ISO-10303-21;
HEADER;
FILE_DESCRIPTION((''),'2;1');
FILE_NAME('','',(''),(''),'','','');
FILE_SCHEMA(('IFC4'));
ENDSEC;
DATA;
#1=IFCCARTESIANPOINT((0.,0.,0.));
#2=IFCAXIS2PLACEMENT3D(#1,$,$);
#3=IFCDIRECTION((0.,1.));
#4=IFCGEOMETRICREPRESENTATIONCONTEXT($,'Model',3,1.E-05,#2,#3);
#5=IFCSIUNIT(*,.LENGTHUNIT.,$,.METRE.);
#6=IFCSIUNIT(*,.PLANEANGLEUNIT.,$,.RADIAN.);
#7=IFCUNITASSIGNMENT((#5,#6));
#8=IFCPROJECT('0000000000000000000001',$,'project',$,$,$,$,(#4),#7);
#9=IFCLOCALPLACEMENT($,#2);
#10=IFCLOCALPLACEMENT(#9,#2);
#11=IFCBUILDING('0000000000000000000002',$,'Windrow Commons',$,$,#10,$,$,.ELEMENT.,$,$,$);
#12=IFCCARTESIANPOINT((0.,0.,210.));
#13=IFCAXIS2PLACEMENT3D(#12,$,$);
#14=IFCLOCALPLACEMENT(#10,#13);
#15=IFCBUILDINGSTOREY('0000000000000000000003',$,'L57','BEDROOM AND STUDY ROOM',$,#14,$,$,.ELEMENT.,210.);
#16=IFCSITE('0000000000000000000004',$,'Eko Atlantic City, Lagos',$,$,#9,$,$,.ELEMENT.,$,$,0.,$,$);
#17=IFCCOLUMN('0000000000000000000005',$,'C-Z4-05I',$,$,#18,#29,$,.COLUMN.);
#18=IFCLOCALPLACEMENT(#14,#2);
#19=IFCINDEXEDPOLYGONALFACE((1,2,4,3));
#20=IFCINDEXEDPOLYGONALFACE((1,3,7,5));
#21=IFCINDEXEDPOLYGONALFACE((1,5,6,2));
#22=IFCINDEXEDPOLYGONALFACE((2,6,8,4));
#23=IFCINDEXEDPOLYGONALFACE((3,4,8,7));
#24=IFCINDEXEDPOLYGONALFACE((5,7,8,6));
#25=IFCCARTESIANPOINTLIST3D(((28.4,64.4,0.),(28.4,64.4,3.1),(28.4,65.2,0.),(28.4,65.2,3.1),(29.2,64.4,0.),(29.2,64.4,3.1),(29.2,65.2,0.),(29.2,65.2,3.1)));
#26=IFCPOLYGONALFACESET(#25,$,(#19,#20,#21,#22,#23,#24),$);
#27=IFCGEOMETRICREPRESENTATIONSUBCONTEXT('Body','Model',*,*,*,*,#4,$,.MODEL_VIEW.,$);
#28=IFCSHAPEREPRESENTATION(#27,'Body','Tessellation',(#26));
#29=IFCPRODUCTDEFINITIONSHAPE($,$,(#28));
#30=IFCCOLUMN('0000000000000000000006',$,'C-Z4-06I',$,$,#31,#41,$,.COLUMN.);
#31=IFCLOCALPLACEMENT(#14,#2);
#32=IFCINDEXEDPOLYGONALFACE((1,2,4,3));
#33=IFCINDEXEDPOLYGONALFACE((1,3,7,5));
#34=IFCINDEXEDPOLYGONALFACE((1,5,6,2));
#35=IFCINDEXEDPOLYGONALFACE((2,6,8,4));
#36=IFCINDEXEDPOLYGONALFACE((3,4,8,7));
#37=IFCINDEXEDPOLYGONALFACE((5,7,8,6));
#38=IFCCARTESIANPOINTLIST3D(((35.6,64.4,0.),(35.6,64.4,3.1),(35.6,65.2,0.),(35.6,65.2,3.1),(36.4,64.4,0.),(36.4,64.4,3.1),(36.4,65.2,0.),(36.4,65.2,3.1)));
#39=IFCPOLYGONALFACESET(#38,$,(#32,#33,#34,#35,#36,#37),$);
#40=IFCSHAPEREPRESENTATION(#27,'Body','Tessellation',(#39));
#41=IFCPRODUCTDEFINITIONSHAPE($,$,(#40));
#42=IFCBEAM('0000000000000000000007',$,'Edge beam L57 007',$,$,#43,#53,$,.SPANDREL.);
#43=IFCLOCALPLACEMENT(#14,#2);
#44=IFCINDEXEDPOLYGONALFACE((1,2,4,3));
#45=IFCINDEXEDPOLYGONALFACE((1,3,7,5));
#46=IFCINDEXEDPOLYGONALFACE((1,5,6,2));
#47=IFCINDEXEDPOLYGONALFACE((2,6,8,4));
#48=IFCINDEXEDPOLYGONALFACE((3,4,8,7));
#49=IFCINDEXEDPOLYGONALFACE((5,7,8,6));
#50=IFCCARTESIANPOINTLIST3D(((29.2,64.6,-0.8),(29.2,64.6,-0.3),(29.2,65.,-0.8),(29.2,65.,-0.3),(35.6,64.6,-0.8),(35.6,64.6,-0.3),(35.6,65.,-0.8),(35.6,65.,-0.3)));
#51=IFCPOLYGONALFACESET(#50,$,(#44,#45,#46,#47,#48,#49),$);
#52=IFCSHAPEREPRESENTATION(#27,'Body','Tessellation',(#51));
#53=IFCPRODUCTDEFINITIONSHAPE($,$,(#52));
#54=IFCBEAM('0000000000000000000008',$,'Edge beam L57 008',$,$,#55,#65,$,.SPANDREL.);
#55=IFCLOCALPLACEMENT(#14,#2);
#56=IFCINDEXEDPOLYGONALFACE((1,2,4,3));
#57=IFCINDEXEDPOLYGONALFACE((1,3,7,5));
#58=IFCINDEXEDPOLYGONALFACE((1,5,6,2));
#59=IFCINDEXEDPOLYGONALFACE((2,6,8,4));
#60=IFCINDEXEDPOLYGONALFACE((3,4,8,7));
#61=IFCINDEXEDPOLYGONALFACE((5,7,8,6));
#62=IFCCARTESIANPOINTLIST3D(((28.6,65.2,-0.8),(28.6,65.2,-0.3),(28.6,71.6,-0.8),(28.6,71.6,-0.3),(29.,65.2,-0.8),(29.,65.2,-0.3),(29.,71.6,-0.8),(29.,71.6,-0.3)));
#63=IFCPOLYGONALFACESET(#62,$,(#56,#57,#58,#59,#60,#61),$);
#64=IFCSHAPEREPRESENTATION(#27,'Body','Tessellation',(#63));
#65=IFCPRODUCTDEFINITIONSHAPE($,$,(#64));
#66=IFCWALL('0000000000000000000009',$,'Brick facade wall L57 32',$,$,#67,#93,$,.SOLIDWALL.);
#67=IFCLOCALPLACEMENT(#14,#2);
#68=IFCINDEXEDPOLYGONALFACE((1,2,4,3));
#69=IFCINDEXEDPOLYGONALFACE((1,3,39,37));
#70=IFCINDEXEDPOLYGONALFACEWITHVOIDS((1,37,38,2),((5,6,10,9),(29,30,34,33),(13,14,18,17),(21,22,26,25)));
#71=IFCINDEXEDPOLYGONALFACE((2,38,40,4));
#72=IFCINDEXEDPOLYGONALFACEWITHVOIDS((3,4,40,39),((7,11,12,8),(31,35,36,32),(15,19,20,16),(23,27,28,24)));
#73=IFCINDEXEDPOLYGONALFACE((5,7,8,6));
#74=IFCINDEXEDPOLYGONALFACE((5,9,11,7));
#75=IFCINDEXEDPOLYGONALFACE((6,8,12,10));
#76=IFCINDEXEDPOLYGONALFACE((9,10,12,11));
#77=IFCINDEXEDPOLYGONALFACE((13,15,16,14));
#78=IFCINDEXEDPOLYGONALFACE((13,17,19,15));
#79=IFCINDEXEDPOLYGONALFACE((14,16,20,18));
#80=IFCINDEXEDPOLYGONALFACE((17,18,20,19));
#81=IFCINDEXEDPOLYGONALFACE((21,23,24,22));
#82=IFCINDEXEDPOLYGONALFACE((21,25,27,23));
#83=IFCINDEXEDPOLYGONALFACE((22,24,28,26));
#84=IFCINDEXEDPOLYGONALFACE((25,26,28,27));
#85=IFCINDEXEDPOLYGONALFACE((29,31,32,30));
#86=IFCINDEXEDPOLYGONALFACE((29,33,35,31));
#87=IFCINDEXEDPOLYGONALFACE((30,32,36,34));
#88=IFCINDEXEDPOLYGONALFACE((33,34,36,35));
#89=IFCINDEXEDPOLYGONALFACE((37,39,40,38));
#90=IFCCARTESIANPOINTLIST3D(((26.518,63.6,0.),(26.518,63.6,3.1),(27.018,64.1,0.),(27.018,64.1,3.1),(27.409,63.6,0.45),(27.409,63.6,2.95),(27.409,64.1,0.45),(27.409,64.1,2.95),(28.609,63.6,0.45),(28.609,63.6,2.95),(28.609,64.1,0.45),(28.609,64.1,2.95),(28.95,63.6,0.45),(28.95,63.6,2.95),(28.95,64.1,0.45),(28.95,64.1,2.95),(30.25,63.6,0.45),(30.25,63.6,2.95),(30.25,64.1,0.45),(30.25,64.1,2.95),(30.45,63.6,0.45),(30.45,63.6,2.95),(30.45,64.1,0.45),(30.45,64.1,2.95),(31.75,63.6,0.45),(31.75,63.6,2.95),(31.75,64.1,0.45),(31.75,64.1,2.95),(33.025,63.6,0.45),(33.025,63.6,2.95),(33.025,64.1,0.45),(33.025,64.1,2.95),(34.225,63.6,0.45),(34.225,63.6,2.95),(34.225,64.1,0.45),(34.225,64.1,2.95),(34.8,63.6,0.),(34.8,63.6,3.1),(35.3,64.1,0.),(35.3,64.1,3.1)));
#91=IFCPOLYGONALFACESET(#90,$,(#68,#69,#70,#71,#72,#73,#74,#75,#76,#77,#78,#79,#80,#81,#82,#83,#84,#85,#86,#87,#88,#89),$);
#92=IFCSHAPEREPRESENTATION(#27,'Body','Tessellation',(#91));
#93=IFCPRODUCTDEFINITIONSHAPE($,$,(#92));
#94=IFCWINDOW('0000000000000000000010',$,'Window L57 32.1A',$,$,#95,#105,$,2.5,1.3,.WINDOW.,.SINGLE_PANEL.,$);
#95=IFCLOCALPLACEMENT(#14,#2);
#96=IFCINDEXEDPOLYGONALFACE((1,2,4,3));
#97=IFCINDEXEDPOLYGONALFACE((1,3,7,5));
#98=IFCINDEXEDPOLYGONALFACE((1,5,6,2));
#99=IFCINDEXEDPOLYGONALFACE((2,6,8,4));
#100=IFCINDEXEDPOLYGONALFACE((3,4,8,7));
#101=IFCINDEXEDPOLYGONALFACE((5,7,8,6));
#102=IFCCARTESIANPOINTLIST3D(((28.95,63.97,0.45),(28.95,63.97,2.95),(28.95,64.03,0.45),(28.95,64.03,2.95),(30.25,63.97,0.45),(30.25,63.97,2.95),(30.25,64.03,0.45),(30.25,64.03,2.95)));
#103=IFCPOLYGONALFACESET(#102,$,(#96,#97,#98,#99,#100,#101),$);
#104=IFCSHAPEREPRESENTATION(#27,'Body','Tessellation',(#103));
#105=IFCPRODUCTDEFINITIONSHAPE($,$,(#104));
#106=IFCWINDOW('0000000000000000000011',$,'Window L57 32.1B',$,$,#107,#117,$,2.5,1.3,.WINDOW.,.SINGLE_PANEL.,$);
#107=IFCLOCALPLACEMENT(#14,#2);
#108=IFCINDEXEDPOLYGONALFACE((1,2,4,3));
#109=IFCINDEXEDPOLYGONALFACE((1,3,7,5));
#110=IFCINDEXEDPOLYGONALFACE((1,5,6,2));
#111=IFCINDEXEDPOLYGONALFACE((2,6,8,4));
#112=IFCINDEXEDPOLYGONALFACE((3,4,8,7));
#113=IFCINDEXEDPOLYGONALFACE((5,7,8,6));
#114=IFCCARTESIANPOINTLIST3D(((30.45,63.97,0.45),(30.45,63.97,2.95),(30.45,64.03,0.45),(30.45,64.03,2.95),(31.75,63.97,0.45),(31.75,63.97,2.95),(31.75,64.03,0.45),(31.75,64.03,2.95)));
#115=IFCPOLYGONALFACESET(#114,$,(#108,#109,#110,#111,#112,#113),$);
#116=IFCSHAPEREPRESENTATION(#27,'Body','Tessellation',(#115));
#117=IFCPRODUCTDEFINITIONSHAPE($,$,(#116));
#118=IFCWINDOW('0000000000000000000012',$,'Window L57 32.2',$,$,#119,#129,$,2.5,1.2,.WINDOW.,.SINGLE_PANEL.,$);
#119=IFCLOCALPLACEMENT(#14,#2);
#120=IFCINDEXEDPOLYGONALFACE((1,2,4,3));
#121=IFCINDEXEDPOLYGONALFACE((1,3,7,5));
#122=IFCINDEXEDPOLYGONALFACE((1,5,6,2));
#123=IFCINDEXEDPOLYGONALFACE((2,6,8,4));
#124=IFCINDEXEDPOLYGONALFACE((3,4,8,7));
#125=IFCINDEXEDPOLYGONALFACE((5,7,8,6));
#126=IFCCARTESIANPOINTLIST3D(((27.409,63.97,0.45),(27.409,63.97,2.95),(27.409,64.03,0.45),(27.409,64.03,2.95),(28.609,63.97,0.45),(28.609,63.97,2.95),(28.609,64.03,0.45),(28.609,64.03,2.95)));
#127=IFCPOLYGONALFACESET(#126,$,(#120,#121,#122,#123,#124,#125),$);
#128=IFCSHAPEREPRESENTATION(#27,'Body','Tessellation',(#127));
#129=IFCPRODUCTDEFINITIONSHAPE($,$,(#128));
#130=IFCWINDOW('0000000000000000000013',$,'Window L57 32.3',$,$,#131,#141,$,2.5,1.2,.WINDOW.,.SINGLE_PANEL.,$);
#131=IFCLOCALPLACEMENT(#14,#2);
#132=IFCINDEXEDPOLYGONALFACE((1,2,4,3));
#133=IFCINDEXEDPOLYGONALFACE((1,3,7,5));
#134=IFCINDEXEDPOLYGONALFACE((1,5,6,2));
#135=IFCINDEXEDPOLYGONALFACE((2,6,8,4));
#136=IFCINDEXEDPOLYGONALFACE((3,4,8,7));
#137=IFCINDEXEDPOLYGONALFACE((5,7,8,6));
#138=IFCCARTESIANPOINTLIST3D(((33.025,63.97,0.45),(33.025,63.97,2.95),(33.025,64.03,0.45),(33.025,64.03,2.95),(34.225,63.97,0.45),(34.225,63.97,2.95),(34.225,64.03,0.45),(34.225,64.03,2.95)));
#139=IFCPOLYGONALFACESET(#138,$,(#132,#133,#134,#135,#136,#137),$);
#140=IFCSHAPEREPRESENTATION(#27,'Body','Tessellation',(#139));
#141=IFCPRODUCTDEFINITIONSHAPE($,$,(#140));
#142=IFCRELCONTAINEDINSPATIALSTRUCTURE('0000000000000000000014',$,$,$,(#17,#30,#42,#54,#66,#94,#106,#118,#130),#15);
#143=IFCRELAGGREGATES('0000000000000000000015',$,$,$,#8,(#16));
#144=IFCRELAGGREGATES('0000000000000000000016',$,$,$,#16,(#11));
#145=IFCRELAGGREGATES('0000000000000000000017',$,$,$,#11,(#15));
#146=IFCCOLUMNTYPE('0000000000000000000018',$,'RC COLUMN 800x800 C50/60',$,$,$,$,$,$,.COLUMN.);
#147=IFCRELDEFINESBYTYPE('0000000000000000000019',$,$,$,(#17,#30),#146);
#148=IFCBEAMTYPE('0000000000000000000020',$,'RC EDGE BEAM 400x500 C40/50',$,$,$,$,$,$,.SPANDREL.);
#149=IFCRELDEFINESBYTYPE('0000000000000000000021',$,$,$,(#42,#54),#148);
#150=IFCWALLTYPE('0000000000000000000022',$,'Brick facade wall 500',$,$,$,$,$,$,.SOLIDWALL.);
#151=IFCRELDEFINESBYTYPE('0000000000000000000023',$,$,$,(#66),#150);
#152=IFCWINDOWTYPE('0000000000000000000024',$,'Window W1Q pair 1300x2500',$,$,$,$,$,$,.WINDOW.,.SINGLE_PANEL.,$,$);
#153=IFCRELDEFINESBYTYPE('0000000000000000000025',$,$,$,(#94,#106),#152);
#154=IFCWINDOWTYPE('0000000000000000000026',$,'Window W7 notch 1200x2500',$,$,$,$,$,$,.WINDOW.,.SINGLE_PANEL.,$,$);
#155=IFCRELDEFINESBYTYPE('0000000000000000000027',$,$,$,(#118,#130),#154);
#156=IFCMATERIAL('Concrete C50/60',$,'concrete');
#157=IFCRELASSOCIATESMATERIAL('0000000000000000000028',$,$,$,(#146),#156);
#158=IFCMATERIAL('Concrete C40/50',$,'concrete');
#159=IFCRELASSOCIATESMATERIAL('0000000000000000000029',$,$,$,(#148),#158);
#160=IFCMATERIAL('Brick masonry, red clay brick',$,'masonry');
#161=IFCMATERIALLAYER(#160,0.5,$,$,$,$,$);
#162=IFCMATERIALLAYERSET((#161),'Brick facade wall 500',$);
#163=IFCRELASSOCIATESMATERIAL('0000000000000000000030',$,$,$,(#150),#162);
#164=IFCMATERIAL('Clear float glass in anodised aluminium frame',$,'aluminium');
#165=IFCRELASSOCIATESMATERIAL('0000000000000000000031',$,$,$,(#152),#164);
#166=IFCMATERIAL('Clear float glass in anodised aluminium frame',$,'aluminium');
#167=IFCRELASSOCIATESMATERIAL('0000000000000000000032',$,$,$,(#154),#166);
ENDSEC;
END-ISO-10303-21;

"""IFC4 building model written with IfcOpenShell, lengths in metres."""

from ifc_helpers import new_model, si_unit, direction, frame, frame_2d, origin, origin_2d, place, context, subcontext, project, spatial, polyline, rectangle, outline, extrude, material, layer, layer_set, material_profile, profile_set, type_object, element, fill, save


model = new_model("IFC4")

# Units and contexts
model_context = context("Model", 3, precision=1e-05, world=origin(), true_north=direction((0.0, 1.0)))
body_context = subcontext(model_context, "Body", "Model", "MODEL_VIEW")
ifc_project = project(units=[si_unit("LENGTHUNIT", "METRE"), si_unit("PLANEANGLEUNIT", "RADIAN")], contexts=[model_context])

# Site, building, storey
site_placement = place(None, origin())
site = spatial("IfcSite", under=ifc_project, at=site_placement, Name="Eko Atlantic City, Lagos", CompositionType="ELEMENT", RefElevation=0.0)
building_placement = place(site_placement, origin())
building = spatial("IfcBuilding", under=site, at=building_placement, Name="Windrow Commons", CompositionType="ELEMENT")
storey_placement = place(building_placement, frame((0.0, 0.0, 210.0)))
storey = spatial("IfcBuildingStorey", under=building, at=storey_placement, Name="L57", Description="BEDROOM AND STUDY ROOM", CompositionType="ELEMENT", Elevation=210.0)

# Columns
ifc_material_1 = material(Name="Concrete C50/60", Category="concrete")
ifc_material_profile_1 = material_profile(ifc_material_1, rectangle(XDim=0.8, YDim=0.8, at=origin_2d()))
ifc_profile_set_1 = profile_set([ifc_material_profile_1], Name="Concrete C50/60")
column_type = type_object("IfcColumnType", Name="RC COLUMN 800x800 C50/60", PredefinedType="COLUMN", material=ifc_profile_set_1)
for number, where, z_axis, x_axis, name in (
    (1, (28.8, 64.8, 0.0), (0.0, 0.0, 1.0), (1.0, 0.0, 0.0), "C-Z4-05I"),
    (2, (36.0, 64.8, 0.0), (0.0, 0.0, 1.0), (1.0, 0.0, 0.0), "C-Z4-06I"),
):
    element("IfcColumn", number, at=place(storey_placement, frame(where, z_axis=z_axis, x_axis=x_axis)), inside=storey, type_object=column_type, Name=name, PredefinedType="COLUMN", context=body_context, shape_type="SweptSolid", body=[
        extrude(rectangle(XDim=0.8, YDim=0.8, at=origin_2d()), origin(), (0.0, 0.0, 1.0), 3.1),
    ])

# Beams
ifc_material_2 = material(Name="Concrete C40/50", Category="concrete")
ifc_material_profile_2 = material_profile(ifc_material_2, rectangle(XDim=0.4, YDim=0.5, at=origin_2d()))
ifc_profile_set_2 = profile_set([ifc_material_profile_2], Name="Concrete C40/50")
beam_type = type_object("IfcBeamType", Name="RC EDGE BEAM 400x500 C40/50", PredefinedType="SPANDREL", material=ifc_profile_set_2)
for number, where, z_axis, x_axis, name in (
    (3, (35.6, 64.8, -0.55), (-1.0, 0.0, 0.0), (0.0, -1.0, 0.0), "Edge beam L57 007"),
    (4, (28.8, 65.2, -0.55), (0.0, 1.0, 0.0), (-1.0, 0.0, 0.0), "Edge beam L57 008"),
):
    element("IfcBeam", number, at=place(storey_placement, frame(where, z_axis=z_axis, x_axis=x_axis)), inside=storey, type_object=beam_type, Name=name, PredefinedType="SPANDREL", context=body_context, shape_type="SweptSolid", body=[
        extrude(rectangle(XDim=0.4, YDim=0.5, at=origin_2d()), origin(), (0.0, 0.0, 1.0), 6.4),
    ])

# Wall, openings, windows
ifc_material_3 = material(Name="Brick masonry, red clay brick", Category="masonry")
ifc_layer_1 = layer(ifc_material_3, 0.5)
ifc_layer_set_1 = layer_set([ifc_layer_1], Name="Brick facade wall 500")
wall_type_1 = type_object("IfcWallType", Name="Brick facade wall 500", PredefinedType="SOLIDWALL", material=ifc_layer_set_1)
wall_1_placement = place(storey_placement, frame((26.768, 63.85, 0.0), z_axis=(0.0, 0.0, 1.0), x_axis=(1.0, 0.0, 0.0)))
wall_1 = element("IfcWall", 5, at=wall_1_placement, inside=storey, type_object=wall_type_1, Name="Brick facade wall L57 32", PredefinedType="SOLIDWALL", context=body_context, shape_type="SweptSolid", body=[
    extrude(outline(polyline([(-0.25, -0.25), (8.032, -0.25), (8.532, 0.25), (0.25, 0.25), (-0.25, -0.25)])), origin(), (0.0, 0.0, 1.0), 3.1),
])
opening_1_placement = place(wall_1_placement, frame((2.182, 0.0, 0.45)))
opening_1 = element("IfcOpeningElement", 6, at=opening_1_placement, cuts=wall_1, PredefinedType="OPENING", context=body_context, shape_type="SweptSolid", body=[
    extrude(rectangle(XDim=1.3, YDim=2.5, at=frame_2d((0.65, 1.25))), frame((0.0, 0.26, 0.0), z_axis=(0.0, -1.0, 0.0), x_axis=(1.0, 0.0, 0.0)), (0.0, 0.0, 1.0), 0.52),
])
opening_2_placement = place(wall_1_placement, frame((3.682, 0.0, 0.45)))
opening_2 = element("IfcOpeningElement", 7, at=opening_2_placement, cuts=wall_1, PredefinedType="OPENING", context=body_context, shape_type="SweptSolid", body=[
    extrude(rectangle(XDim=1.3, YDim=2.5, at=frame_2d((0.65, 1.25))), frame((0.0, 0.26, 0.0), z_axis=(0.0, -1.0, 0.0), x_axis=(1.0, 0.0, 0.0)), (0.0, 0.0, 1.0), 0.52),
])
opening_3_placement = place(wall_1_placement, frame((0.641, 0.0, 0.45)))
opening_3 = element("IfcOpeningElement", 8, at=opening_3_placement, cuts=wall_1, PredefinedType="OPENING", context=body_context, shape_type="SweptSolid", body=[
    extrude(rectangle(XDim=1.2, YDim=2.5, at=frame_2d((0.6, 1.25))), frame((0.0, 0.26, 0.0), z_axis=(0.0, -1.0, 0.0), x_axis=(1.0, 0.0, 0.0)), (0.0, 0.0, 1.0), 0.52),
])
opening_4_placement = place(wall_1_placement, frame((6.257, 0.0, 0.45)))
opening_4 = element("IfcOpeningElement", 9, at=opening_4_placement, cuts=wall_1, PredefinedType="OPENING", context=body_context, shape_type="SweptSolid", body=[
    extrude(rectangle(XDim=1.2, YDim=2.5, at=frame_2d((0.6, 1.25))), frame((0.0, 0.26, 0.0), z_axis=(0.0, -1.0, 0.0), x_axis=(1.0, 0.0, 0.0)), (0.0, 0.0, 1.0), 0.52),
])
ifc_material_4 = material(Name="Clear float glass in anodised aluminium frame", Category="aluminium")
window_type_1 = type_object("IfcWindowType", Name="Window W1Q pair 1300x2500", PartitioningType="SINGLE_PANEL", PredefinedType="WINDOW", material=ifc_material_4)
window_1_placement = place(opening_1_placement, origin())
window_1 = element("IfcWindow", 10, at=window_1_placement, inside=storey, type_object=window_type_1, Name="Window L57 32.1A", OverallHeight=2.5, OverallWidth=1.3, PartitioningType="SINGLE_PANEL", PredefinedType="WINDOW", context=body_context, shape_type="SweptSolid", body=[
    extrude(rectangle(XDim=1.3, YDim=2.5, at=frame_2d((0.65, 1.25))), frame((0.0, 0.18, 0.0), z_axis=(0.0, -1.0, 0.0), x_axis=(1.0, 0.0, 0.0)), (0.0, 0.0, 1.0), 0.06),
])
fill(opening_1, window_1)
window_2_placement = place(opening_2_placement, origin())
window_2 = element("IfcWindow", 11, at=window_2_placement, inside=storey, type_object=window_type_1, Name="Window L57 32.1B", OverallHeight=2.5, OverallWidth=1.3, PartitioningType="SINGLE_PANEL", PredefinedType="WINDOW", context=body_context, shape_type="SweptSolid", body=[
    extrude(rectangle(XDim=1.3, YDim=2.5, at=frame_2d((0.65, 1.25))), frame((0.0, 0.18, 0.0), z_axis=(0.0, -1.0, 0.0), x_axis=(1.0, 0.0, 0.0)), (0.0, 0.0, 1.0), 0.06),
])
fill(opening_2, window_2)
ifc_material_5 = material(Name="Clear float glass in anodised aluminium frame", Category="aluminium")
window_type_2 = type_object("IfcWindowType", Name="Window W7 notch 1200x2500", PartitioningType="SINGLE_PANEL", PredefinedType="WINDOW", material=ifc_material_5)
window_3_placement = place(opening_3_placement, origin())
window_3 = element("IfcWindow", 12, at=window_3_placement, inside=storey, type_object=window_type_2, Name="Window L57 32.2", OverallHeight=2.5, OverallWidth=1.2, PartitioningType="SINGLE_PANEL", PredefinedType="WINDOW", context=body_context, shape_type="SweptSolid", body=[
    extrude(rectangle(XDim=1.2, YDim=2.5, at=frame_2d((0.6, 1.25))), frame((0.0, 0.18, 0.0), z_axis=(0.0, -1.0, 0.0), x_axis=(1.0, 0.0, 0.0)), (0.0, 0.0, 1.0), 0.06),
])
fill(opening_3, window_3)
window_4_placement = place(opening_4_placement, origin())
window_4 = element("IfcWindow", 13, at=window_4_placement, inside=storey, type_object=window_type_2, Name="Window L57 32.3", OverallHeight=2.5, OverallWidth=1.2, PartitioningType="SINGLE_PANEL", PredefinedType="WINDOW", context=body_context, shape_type="SweptSolid", body=[
    extrude(rectangle(XDim=1.2, YDim=2.5, at=frame_2d((0.6, 1.25))), frame((0.0, 0.18, 0.0), z_axis=(0.0, -1.0, 0.0), x_axis=(1.0, 0.0, 0.0)), (0.0, 0.0, 1.0), 0.06),
])
fill(opening_4, window_4)

save(model, "model.ifc")
